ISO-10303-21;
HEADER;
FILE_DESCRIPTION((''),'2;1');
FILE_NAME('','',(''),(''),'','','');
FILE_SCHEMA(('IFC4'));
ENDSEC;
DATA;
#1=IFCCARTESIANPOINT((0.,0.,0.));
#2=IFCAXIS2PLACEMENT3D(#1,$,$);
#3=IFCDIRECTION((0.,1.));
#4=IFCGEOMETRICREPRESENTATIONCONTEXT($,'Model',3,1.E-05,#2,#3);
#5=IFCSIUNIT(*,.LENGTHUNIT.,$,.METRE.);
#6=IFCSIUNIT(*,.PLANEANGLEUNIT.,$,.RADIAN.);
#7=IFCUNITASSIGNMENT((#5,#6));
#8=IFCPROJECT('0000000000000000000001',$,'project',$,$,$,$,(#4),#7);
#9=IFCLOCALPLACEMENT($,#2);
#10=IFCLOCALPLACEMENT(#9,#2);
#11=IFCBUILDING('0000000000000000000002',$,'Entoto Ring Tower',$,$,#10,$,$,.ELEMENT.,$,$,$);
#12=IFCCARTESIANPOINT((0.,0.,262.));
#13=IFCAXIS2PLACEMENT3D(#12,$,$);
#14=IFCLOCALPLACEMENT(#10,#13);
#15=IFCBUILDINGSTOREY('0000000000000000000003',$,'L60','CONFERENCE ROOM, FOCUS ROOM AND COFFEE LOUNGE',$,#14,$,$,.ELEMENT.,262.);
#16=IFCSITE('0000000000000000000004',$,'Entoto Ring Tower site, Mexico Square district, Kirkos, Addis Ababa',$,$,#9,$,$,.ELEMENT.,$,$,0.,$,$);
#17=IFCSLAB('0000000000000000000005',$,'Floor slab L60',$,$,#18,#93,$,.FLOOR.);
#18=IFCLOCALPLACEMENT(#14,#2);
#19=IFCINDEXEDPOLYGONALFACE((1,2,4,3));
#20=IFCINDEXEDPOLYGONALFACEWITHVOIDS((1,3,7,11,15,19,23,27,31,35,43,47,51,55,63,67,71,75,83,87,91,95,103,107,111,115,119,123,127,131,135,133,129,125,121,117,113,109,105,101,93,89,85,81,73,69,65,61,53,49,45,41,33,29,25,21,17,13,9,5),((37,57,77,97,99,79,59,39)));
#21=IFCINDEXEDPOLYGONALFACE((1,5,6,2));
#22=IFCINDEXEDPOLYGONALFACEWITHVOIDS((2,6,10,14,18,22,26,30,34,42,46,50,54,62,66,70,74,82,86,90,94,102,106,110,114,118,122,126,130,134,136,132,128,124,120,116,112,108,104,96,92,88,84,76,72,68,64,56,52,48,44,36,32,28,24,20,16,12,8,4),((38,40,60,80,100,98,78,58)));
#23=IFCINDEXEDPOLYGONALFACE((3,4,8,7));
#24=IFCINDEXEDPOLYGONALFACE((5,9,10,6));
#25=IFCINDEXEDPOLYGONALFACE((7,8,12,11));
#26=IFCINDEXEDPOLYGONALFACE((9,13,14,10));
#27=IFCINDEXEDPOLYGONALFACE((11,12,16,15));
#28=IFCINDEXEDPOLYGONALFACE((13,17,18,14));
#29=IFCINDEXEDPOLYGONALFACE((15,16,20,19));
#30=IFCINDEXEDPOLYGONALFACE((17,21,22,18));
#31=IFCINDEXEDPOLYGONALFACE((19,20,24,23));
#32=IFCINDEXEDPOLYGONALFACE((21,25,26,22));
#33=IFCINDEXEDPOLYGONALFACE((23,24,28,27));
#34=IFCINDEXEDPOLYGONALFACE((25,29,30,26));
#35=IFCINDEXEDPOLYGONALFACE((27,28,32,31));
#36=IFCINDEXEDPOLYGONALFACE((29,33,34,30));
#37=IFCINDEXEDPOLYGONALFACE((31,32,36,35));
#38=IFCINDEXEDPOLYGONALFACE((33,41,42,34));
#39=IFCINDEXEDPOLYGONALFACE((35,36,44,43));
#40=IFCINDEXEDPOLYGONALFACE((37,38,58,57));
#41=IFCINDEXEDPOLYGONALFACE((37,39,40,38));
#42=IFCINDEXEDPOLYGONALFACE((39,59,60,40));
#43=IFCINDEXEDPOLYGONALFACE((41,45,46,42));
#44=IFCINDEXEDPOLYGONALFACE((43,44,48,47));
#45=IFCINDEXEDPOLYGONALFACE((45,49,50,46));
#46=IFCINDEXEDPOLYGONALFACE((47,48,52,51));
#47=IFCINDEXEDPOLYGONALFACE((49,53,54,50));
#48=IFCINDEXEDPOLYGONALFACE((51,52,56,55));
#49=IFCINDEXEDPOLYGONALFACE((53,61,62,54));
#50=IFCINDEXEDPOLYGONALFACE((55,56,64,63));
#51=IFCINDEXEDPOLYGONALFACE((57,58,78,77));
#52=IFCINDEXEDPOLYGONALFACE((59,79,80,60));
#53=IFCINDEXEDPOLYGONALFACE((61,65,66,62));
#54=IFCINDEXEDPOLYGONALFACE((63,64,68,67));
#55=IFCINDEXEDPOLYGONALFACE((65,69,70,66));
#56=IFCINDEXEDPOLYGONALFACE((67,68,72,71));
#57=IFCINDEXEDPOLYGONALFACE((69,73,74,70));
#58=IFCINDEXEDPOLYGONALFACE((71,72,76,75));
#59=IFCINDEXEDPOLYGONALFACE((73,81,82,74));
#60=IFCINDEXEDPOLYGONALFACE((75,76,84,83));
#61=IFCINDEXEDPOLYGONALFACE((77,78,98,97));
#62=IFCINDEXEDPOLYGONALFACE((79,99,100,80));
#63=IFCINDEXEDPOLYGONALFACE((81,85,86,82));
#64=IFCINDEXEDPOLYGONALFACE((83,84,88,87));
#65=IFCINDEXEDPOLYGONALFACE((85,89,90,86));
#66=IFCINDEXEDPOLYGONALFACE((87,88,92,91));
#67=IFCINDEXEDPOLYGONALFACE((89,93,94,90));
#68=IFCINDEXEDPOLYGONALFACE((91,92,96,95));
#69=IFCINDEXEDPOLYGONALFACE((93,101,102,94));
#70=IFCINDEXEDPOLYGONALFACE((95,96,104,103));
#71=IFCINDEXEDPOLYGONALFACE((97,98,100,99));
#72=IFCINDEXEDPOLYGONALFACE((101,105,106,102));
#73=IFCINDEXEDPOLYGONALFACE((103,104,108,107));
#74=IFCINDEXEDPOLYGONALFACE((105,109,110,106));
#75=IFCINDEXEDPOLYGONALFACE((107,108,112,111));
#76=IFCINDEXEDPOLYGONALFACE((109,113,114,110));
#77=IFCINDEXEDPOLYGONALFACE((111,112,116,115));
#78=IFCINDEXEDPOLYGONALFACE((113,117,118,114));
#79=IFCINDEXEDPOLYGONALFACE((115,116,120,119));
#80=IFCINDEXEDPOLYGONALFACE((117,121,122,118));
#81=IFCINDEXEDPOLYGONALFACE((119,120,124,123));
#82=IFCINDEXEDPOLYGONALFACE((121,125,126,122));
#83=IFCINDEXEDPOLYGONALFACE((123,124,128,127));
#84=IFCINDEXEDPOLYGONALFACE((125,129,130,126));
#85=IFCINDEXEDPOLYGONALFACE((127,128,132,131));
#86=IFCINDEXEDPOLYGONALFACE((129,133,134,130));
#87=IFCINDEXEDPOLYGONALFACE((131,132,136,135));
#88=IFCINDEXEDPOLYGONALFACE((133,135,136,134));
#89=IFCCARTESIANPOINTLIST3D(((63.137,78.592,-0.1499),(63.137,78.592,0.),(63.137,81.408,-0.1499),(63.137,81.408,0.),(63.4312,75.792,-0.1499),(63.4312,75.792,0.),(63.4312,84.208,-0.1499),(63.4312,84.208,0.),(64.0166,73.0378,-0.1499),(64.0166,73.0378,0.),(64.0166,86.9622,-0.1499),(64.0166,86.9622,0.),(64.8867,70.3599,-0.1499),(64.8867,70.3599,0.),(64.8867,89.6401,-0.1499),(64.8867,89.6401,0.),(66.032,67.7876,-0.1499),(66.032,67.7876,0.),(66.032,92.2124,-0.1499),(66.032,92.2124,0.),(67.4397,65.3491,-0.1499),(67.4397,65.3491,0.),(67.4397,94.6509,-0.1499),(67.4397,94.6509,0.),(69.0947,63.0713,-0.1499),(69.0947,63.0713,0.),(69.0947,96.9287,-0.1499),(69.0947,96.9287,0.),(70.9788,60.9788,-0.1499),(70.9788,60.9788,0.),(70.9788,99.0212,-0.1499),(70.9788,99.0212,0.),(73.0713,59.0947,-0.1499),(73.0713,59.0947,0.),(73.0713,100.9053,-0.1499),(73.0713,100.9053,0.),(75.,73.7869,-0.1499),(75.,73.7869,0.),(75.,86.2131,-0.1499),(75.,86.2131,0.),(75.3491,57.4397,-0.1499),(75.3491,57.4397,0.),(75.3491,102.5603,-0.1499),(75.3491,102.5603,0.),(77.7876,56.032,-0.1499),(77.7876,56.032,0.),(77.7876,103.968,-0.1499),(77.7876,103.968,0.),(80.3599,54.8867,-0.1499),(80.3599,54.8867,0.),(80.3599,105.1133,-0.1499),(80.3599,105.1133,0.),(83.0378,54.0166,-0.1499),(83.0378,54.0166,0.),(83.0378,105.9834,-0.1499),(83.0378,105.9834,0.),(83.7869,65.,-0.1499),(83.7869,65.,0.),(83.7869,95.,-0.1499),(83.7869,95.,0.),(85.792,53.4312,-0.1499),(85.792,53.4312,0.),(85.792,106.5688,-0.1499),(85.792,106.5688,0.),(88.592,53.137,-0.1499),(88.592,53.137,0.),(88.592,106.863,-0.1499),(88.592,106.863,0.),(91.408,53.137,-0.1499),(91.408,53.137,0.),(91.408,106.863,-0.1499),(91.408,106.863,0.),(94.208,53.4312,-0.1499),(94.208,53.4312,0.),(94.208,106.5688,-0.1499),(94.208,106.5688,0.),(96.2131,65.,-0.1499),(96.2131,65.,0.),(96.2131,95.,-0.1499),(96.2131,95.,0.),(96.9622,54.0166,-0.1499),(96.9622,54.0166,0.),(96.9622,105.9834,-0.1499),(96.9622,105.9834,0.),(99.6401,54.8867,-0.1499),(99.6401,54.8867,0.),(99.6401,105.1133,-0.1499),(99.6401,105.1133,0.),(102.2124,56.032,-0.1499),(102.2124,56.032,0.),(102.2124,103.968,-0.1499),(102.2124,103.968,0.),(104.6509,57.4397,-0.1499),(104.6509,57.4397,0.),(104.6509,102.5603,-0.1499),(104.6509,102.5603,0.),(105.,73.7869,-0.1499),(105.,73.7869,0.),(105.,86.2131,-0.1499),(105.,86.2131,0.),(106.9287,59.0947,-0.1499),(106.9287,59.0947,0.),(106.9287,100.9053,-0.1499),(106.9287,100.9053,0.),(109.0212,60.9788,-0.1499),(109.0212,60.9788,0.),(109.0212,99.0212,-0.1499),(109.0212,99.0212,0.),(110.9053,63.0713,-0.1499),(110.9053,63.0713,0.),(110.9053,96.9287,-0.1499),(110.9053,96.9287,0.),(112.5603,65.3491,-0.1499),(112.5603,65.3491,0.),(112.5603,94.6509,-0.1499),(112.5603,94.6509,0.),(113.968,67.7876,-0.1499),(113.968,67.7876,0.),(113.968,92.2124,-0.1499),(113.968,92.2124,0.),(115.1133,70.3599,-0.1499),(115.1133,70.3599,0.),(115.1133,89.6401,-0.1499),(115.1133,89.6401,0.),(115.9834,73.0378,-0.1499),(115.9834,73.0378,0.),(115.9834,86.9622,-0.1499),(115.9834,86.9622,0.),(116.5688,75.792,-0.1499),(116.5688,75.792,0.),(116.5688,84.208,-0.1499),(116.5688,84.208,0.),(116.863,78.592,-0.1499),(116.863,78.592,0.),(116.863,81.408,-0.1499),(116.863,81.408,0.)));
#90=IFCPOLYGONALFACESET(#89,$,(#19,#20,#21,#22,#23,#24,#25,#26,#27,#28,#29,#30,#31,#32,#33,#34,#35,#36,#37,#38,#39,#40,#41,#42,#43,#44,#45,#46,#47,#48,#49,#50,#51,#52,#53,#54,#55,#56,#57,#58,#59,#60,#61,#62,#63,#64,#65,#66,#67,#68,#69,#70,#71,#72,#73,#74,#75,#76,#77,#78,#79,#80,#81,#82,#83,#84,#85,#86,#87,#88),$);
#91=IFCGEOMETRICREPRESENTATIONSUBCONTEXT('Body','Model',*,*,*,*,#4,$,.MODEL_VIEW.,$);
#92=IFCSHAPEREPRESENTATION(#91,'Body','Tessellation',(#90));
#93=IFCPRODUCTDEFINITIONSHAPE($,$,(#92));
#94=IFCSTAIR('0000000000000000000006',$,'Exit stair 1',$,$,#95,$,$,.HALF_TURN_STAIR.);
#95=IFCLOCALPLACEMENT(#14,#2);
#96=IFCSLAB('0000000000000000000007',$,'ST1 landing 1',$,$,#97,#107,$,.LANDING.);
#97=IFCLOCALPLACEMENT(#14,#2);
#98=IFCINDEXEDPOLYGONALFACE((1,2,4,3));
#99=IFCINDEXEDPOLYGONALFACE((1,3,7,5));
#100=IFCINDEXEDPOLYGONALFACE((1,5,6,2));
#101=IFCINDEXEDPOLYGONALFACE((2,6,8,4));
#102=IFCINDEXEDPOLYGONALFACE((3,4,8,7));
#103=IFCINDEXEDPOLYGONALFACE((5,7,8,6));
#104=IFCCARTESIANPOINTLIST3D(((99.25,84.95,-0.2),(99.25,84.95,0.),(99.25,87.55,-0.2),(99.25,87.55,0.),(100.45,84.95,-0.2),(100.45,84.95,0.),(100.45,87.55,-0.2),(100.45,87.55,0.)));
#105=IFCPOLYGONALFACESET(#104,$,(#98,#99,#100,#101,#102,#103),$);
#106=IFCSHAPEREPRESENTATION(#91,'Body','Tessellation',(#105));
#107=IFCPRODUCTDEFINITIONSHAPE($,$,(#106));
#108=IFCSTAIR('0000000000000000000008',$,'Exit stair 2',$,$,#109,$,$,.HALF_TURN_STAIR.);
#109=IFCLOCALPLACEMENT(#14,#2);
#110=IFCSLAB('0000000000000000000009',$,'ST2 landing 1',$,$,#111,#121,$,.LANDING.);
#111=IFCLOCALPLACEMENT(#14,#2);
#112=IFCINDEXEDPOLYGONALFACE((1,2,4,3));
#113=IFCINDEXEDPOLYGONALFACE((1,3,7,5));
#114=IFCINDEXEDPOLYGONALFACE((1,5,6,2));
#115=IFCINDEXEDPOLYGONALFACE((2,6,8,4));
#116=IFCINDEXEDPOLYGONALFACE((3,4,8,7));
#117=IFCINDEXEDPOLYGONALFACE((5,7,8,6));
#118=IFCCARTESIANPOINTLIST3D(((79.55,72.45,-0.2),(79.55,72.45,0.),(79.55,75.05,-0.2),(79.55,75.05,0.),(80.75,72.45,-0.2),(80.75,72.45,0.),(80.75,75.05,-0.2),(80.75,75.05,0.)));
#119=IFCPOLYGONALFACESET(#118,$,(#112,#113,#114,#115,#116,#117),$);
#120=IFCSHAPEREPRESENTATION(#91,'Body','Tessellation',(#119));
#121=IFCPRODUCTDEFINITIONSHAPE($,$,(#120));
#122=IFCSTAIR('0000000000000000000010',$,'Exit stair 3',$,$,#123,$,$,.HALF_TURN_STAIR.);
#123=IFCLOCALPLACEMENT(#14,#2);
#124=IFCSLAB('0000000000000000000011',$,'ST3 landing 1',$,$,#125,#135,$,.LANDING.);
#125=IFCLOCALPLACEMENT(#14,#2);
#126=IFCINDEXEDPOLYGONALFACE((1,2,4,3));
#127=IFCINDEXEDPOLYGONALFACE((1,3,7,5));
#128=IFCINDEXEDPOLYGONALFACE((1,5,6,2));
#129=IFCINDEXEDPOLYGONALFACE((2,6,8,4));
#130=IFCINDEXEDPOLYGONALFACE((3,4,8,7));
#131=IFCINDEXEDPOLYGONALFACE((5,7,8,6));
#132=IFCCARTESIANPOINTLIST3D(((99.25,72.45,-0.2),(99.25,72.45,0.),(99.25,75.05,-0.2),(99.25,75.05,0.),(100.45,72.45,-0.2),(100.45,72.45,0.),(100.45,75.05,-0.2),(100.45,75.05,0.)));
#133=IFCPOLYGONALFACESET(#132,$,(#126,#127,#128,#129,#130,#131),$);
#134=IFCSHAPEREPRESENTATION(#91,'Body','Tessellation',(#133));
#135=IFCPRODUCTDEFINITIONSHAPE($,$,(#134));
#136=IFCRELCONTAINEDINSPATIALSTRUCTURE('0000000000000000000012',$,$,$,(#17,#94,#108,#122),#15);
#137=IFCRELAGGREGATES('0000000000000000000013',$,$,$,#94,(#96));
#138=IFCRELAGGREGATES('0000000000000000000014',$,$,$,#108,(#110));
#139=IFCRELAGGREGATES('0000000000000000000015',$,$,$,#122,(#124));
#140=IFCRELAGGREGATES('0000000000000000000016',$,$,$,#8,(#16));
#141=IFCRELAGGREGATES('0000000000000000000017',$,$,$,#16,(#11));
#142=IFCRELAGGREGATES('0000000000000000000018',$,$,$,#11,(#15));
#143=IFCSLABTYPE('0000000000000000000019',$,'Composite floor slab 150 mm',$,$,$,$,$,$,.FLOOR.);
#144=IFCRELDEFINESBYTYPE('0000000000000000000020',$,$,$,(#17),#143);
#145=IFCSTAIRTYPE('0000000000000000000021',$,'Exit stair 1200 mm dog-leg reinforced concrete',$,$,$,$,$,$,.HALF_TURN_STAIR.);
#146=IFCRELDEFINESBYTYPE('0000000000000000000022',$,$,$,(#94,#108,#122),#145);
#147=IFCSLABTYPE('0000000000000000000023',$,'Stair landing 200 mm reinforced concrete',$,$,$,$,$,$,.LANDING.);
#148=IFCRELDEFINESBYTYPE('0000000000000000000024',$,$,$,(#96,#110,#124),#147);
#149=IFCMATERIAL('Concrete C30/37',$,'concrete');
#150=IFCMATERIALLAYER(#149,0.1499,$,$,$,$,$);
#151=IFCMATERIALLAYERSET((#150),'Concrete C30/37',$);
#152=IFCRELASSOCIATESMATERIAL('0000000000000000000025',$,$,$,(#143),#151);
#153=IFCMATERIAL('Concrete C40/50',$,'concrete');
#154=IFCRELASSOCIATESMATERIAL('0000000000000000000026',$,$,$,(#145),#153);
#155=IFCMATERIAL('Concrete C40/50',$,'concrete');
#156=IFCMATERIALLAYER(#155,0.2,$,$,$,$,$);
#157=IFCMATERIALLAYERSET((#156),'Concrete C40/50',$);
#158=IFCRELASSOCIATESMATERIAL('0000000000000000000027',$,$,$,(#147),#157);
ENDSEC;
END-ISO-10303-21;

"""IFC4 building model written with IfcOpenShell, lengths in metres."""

from ifc_helpers import new_model, si_unit, direction, frame, origin, place, context, subcontext, project, spatial, polyline, outline, extrude, material, layer, layer_set, type_object, element, aggregate, save


model = new_model("IFC4")

# Units and contexts
model_context = context("Model", 3, precision=1e-05, world=origin(), true_north=direction((0.0, 1.0)))
body_context = subcontext(model_context, "Body", "Model", "MODEL_VIEW")
ifc_project = project(units=[si_unit("LENGTHUNIT", "METRE"), si_unit("PLANEANGLEUNIT", "RADIAN")], contexts=[model_context])

# Site, building, storey
site_placement = place(None, origin())
building_placement = place(site_placement, origin())
storey_placement = place(building_placement, frame((0.0, 0.0, 262.0)))
site = spatial("IfcSite", under=ifc_project, at=site_placement, Name="Entoto Ring Tower site, Mexico Square district, Kirkos, Addis Ababa", CompositionType="ELEMENT", RefElevation=0.0)
building = spatial("IfcBuilding", under=site, at=building_placement, Name="Entoto Ring Tower", CompositionType="ELEMENT")
storey = spatial("IfcBuildingStorey", under=building, at=storey_placement, Name="L60", Description="CONFERENCE ROOM, FOCUS ROOM AND COFFEE LOUNGE", CompositionType="ELEMENT", Elevation=262.0)

# Slab
ifc_material_1 = material(Name="Concrete C30/37", Category="concrete")
ifc_layer_1 = layer(ifc_material_1, 0.1499)
ifc_layer_set_1 = layer_set([ifc_layer_1], Name="Concrete C30/37")
slab_type_1 = type_object("IfcSlabType", Name="Composite floor slab 150 mm", PredefinedType="FLOOR", material=ifc_layer_set_1)
slab_1_placement = place(storey_placement, frame((0.0, 0.0, -0.1499)))
element("IfcSlab", 1, at=slab_1_placement, inside=storey, type_object=slab_type_1, Name="Floor slab L60", PredefinedType="FLOOR", context=body_context, shape_type="SweptSolid", body=[
    extrude(outline(polyline([(116.5688, 84.208), (115.9834, 86.9622), (115.1133, 89.6401), (113.968, 92.2124), (112.5603, 94.6509), (110.9053, 96.9287), (109.0212, 99.0212), (106.9287, 100.9053), (104.6509, 102.5603), (102.2124, 103.968), (99.6401, 105.1133), (96.9622, 105.9834), (94.208, 106.5688), (91.408, 106.863), (88.592, 106.863), (85.792, 106.5688), (83.0378, 105.9834), (80.3599, 105.1133), (77.7876, 103.968), (75.3491, 102.5603), (73.0713, 100.9053), (70.9788, 99.0212), (69.0947, 96.9287), (67.4397, 94.6509), (66.032, 92.2124), (64.8867, 89.6401), (64.0166, 86.9622), (63.4312, 84.208), (63.137, 81.408), (63.137, 78.592), (63.4312, 75.792), (64.0166, 73.0378), (64.8867, 70.3599), (66.032, 67.7876), (67.4397, 65.3491), (69.0947, 63.0713), (70.9788, 60.9788), (73.0713, 59.0947), (75.3491, 57.4397), (77.7876, 56.032), (80.3599, 54.8867), (83.0378, 54.0166), (85.792, 53.4312), (88.592, 53.137), (91.408, 53.137), (94.208, 53.4312), (96.9622, 54.0166), (99.6401, 54.8867), (102.2124, 56.032), (104.6509, 57.4397), (106.9287, 59.0947), (109.0212, 60.9788), (110.9053, 63.0713), (112.5603, 65.3491), (113.968, 67.7876), (115.1133, 70.3599), (115.9834, 73.0378), (116.5688, 75.792), (116.863, 78.592), (116.863, 81.408), (116.5688, 84.208)]), holes=[polyline([(105.0, 73.7869), (105.0, 86.2131), (96.2131, 95.0), (83.7869, 95.0), (75.0, 86.2131), (75.0, 73.7869), (83.7869, 65.0), (96.2131, 65.0), (105.0, 73.7869)])]), origin(), (0.0, 0.0, 1.0), 0.1499),
])

# Stairs, slabs
ifc_material_2 = material(Name="Concrete C40/50", Category="concrete")
stair_type = type_object("IfcStairType", Name="Exit stair 1200 mm dog-leg reinforced concrete", PredefinedType="HALF_TURN_STAIR", material=ifc_material_2)
stair_1_placement = place(storey_placement, origin())
stair_1 = element("IfcStair", 2, at=stair_1_placement, inside=storey, type_object=stair_type, Name="Exit stair 1", PredefinedType="HALF_TURN_STAIR")
ifc_material_3 = material(Name="Concrete C40/50", Category="concrete")
ifc_layer_2 = layer(ifc_material_3, 0.2)
ifc_layer_set_2 = layer_set([ifc_layer_2], Name="Concrete C40/50")
slab_type_2 = type_object("IfcSlabType", Name="Stair landing 200 mm reinforced concrete", PredefinedType="LANDING", material=ifc_layer_set_2)
slab_2_placement = place(storey_placement, frame((0.0, 0.0, -0.2)))
slab_2 = element("IfcSlab", 3, at=slab_2_placement, type_object=slab_type_2, Name="ST1 landing 1", PredefinedType="LANDING", context=body_context, shape_type="SweptSolid", body=[
    extrude(outline(polyline([(100.45, 84.95), (100.45, 87.55), (99.25, 87.55), (99.25, 84.95), (100.45, 84.95)])), origin(), (0.0, 0.0, 1.0), 0.2),
])
aggregate(stair_1, [slab_2])
stair_2_placement = place(storey_placement, origin())
stair_2 = element("IfcStair", 4, at=stair_2_placement, inside=storey, type_object=stair_type, Name="Exit stair 2", PredefinedType="HALF_TURN_STAIR")
slab_3_placement = place(storey_placement, frame((0.0, 0.0, -0.2)))
slab_3 = element("IfcSlab", 5, at=slab_3_placement, type_object=slab_type_2, Name="ST2 landing 1", PredefinedType="LANDING", context=body_context, shape_type="SweptSolid", body=[
    extrude(outline(polyline([(80.75, 72.45), (80.75, 75.05), (79.55, 75.05), (79.55, 72.45), (80.75, 72.45)])), origin(), (0.0, 0.0, 1.0), 0.2),
])
aggregate(stair_2, [slab_3])
stair_3_placement = place(storey_placement, origin())
stair_3 = element("IfcStair", 6, at=stair_3_placement, inside=storey, type_object=stair_type, Name="Exit stair 3", PredefinedType="HALF_TURN_STAIR")
slab_4_placement = place(storey_placement, frame((0.0, 0.0, -0.2)))
slab_4 = element("IfcSlab", 7, at=slab_4_placement, type_object=slab_type_2, Name="ST3 landing 1", PredefinedType="LANDING", context=body_context, shape_type="SweptSolid", body=[
    extrude(outline(polyline([(100.45, 72.45), (100.45, 75.05), (99.25, 75.05), (99.25, 72.45), (100.45, 72.45)])), origin(), (0.0, 0.0, 1.0), 0.2),
])
aggregate(stair_3, [slab_4])

save(model, "model.ifc")
